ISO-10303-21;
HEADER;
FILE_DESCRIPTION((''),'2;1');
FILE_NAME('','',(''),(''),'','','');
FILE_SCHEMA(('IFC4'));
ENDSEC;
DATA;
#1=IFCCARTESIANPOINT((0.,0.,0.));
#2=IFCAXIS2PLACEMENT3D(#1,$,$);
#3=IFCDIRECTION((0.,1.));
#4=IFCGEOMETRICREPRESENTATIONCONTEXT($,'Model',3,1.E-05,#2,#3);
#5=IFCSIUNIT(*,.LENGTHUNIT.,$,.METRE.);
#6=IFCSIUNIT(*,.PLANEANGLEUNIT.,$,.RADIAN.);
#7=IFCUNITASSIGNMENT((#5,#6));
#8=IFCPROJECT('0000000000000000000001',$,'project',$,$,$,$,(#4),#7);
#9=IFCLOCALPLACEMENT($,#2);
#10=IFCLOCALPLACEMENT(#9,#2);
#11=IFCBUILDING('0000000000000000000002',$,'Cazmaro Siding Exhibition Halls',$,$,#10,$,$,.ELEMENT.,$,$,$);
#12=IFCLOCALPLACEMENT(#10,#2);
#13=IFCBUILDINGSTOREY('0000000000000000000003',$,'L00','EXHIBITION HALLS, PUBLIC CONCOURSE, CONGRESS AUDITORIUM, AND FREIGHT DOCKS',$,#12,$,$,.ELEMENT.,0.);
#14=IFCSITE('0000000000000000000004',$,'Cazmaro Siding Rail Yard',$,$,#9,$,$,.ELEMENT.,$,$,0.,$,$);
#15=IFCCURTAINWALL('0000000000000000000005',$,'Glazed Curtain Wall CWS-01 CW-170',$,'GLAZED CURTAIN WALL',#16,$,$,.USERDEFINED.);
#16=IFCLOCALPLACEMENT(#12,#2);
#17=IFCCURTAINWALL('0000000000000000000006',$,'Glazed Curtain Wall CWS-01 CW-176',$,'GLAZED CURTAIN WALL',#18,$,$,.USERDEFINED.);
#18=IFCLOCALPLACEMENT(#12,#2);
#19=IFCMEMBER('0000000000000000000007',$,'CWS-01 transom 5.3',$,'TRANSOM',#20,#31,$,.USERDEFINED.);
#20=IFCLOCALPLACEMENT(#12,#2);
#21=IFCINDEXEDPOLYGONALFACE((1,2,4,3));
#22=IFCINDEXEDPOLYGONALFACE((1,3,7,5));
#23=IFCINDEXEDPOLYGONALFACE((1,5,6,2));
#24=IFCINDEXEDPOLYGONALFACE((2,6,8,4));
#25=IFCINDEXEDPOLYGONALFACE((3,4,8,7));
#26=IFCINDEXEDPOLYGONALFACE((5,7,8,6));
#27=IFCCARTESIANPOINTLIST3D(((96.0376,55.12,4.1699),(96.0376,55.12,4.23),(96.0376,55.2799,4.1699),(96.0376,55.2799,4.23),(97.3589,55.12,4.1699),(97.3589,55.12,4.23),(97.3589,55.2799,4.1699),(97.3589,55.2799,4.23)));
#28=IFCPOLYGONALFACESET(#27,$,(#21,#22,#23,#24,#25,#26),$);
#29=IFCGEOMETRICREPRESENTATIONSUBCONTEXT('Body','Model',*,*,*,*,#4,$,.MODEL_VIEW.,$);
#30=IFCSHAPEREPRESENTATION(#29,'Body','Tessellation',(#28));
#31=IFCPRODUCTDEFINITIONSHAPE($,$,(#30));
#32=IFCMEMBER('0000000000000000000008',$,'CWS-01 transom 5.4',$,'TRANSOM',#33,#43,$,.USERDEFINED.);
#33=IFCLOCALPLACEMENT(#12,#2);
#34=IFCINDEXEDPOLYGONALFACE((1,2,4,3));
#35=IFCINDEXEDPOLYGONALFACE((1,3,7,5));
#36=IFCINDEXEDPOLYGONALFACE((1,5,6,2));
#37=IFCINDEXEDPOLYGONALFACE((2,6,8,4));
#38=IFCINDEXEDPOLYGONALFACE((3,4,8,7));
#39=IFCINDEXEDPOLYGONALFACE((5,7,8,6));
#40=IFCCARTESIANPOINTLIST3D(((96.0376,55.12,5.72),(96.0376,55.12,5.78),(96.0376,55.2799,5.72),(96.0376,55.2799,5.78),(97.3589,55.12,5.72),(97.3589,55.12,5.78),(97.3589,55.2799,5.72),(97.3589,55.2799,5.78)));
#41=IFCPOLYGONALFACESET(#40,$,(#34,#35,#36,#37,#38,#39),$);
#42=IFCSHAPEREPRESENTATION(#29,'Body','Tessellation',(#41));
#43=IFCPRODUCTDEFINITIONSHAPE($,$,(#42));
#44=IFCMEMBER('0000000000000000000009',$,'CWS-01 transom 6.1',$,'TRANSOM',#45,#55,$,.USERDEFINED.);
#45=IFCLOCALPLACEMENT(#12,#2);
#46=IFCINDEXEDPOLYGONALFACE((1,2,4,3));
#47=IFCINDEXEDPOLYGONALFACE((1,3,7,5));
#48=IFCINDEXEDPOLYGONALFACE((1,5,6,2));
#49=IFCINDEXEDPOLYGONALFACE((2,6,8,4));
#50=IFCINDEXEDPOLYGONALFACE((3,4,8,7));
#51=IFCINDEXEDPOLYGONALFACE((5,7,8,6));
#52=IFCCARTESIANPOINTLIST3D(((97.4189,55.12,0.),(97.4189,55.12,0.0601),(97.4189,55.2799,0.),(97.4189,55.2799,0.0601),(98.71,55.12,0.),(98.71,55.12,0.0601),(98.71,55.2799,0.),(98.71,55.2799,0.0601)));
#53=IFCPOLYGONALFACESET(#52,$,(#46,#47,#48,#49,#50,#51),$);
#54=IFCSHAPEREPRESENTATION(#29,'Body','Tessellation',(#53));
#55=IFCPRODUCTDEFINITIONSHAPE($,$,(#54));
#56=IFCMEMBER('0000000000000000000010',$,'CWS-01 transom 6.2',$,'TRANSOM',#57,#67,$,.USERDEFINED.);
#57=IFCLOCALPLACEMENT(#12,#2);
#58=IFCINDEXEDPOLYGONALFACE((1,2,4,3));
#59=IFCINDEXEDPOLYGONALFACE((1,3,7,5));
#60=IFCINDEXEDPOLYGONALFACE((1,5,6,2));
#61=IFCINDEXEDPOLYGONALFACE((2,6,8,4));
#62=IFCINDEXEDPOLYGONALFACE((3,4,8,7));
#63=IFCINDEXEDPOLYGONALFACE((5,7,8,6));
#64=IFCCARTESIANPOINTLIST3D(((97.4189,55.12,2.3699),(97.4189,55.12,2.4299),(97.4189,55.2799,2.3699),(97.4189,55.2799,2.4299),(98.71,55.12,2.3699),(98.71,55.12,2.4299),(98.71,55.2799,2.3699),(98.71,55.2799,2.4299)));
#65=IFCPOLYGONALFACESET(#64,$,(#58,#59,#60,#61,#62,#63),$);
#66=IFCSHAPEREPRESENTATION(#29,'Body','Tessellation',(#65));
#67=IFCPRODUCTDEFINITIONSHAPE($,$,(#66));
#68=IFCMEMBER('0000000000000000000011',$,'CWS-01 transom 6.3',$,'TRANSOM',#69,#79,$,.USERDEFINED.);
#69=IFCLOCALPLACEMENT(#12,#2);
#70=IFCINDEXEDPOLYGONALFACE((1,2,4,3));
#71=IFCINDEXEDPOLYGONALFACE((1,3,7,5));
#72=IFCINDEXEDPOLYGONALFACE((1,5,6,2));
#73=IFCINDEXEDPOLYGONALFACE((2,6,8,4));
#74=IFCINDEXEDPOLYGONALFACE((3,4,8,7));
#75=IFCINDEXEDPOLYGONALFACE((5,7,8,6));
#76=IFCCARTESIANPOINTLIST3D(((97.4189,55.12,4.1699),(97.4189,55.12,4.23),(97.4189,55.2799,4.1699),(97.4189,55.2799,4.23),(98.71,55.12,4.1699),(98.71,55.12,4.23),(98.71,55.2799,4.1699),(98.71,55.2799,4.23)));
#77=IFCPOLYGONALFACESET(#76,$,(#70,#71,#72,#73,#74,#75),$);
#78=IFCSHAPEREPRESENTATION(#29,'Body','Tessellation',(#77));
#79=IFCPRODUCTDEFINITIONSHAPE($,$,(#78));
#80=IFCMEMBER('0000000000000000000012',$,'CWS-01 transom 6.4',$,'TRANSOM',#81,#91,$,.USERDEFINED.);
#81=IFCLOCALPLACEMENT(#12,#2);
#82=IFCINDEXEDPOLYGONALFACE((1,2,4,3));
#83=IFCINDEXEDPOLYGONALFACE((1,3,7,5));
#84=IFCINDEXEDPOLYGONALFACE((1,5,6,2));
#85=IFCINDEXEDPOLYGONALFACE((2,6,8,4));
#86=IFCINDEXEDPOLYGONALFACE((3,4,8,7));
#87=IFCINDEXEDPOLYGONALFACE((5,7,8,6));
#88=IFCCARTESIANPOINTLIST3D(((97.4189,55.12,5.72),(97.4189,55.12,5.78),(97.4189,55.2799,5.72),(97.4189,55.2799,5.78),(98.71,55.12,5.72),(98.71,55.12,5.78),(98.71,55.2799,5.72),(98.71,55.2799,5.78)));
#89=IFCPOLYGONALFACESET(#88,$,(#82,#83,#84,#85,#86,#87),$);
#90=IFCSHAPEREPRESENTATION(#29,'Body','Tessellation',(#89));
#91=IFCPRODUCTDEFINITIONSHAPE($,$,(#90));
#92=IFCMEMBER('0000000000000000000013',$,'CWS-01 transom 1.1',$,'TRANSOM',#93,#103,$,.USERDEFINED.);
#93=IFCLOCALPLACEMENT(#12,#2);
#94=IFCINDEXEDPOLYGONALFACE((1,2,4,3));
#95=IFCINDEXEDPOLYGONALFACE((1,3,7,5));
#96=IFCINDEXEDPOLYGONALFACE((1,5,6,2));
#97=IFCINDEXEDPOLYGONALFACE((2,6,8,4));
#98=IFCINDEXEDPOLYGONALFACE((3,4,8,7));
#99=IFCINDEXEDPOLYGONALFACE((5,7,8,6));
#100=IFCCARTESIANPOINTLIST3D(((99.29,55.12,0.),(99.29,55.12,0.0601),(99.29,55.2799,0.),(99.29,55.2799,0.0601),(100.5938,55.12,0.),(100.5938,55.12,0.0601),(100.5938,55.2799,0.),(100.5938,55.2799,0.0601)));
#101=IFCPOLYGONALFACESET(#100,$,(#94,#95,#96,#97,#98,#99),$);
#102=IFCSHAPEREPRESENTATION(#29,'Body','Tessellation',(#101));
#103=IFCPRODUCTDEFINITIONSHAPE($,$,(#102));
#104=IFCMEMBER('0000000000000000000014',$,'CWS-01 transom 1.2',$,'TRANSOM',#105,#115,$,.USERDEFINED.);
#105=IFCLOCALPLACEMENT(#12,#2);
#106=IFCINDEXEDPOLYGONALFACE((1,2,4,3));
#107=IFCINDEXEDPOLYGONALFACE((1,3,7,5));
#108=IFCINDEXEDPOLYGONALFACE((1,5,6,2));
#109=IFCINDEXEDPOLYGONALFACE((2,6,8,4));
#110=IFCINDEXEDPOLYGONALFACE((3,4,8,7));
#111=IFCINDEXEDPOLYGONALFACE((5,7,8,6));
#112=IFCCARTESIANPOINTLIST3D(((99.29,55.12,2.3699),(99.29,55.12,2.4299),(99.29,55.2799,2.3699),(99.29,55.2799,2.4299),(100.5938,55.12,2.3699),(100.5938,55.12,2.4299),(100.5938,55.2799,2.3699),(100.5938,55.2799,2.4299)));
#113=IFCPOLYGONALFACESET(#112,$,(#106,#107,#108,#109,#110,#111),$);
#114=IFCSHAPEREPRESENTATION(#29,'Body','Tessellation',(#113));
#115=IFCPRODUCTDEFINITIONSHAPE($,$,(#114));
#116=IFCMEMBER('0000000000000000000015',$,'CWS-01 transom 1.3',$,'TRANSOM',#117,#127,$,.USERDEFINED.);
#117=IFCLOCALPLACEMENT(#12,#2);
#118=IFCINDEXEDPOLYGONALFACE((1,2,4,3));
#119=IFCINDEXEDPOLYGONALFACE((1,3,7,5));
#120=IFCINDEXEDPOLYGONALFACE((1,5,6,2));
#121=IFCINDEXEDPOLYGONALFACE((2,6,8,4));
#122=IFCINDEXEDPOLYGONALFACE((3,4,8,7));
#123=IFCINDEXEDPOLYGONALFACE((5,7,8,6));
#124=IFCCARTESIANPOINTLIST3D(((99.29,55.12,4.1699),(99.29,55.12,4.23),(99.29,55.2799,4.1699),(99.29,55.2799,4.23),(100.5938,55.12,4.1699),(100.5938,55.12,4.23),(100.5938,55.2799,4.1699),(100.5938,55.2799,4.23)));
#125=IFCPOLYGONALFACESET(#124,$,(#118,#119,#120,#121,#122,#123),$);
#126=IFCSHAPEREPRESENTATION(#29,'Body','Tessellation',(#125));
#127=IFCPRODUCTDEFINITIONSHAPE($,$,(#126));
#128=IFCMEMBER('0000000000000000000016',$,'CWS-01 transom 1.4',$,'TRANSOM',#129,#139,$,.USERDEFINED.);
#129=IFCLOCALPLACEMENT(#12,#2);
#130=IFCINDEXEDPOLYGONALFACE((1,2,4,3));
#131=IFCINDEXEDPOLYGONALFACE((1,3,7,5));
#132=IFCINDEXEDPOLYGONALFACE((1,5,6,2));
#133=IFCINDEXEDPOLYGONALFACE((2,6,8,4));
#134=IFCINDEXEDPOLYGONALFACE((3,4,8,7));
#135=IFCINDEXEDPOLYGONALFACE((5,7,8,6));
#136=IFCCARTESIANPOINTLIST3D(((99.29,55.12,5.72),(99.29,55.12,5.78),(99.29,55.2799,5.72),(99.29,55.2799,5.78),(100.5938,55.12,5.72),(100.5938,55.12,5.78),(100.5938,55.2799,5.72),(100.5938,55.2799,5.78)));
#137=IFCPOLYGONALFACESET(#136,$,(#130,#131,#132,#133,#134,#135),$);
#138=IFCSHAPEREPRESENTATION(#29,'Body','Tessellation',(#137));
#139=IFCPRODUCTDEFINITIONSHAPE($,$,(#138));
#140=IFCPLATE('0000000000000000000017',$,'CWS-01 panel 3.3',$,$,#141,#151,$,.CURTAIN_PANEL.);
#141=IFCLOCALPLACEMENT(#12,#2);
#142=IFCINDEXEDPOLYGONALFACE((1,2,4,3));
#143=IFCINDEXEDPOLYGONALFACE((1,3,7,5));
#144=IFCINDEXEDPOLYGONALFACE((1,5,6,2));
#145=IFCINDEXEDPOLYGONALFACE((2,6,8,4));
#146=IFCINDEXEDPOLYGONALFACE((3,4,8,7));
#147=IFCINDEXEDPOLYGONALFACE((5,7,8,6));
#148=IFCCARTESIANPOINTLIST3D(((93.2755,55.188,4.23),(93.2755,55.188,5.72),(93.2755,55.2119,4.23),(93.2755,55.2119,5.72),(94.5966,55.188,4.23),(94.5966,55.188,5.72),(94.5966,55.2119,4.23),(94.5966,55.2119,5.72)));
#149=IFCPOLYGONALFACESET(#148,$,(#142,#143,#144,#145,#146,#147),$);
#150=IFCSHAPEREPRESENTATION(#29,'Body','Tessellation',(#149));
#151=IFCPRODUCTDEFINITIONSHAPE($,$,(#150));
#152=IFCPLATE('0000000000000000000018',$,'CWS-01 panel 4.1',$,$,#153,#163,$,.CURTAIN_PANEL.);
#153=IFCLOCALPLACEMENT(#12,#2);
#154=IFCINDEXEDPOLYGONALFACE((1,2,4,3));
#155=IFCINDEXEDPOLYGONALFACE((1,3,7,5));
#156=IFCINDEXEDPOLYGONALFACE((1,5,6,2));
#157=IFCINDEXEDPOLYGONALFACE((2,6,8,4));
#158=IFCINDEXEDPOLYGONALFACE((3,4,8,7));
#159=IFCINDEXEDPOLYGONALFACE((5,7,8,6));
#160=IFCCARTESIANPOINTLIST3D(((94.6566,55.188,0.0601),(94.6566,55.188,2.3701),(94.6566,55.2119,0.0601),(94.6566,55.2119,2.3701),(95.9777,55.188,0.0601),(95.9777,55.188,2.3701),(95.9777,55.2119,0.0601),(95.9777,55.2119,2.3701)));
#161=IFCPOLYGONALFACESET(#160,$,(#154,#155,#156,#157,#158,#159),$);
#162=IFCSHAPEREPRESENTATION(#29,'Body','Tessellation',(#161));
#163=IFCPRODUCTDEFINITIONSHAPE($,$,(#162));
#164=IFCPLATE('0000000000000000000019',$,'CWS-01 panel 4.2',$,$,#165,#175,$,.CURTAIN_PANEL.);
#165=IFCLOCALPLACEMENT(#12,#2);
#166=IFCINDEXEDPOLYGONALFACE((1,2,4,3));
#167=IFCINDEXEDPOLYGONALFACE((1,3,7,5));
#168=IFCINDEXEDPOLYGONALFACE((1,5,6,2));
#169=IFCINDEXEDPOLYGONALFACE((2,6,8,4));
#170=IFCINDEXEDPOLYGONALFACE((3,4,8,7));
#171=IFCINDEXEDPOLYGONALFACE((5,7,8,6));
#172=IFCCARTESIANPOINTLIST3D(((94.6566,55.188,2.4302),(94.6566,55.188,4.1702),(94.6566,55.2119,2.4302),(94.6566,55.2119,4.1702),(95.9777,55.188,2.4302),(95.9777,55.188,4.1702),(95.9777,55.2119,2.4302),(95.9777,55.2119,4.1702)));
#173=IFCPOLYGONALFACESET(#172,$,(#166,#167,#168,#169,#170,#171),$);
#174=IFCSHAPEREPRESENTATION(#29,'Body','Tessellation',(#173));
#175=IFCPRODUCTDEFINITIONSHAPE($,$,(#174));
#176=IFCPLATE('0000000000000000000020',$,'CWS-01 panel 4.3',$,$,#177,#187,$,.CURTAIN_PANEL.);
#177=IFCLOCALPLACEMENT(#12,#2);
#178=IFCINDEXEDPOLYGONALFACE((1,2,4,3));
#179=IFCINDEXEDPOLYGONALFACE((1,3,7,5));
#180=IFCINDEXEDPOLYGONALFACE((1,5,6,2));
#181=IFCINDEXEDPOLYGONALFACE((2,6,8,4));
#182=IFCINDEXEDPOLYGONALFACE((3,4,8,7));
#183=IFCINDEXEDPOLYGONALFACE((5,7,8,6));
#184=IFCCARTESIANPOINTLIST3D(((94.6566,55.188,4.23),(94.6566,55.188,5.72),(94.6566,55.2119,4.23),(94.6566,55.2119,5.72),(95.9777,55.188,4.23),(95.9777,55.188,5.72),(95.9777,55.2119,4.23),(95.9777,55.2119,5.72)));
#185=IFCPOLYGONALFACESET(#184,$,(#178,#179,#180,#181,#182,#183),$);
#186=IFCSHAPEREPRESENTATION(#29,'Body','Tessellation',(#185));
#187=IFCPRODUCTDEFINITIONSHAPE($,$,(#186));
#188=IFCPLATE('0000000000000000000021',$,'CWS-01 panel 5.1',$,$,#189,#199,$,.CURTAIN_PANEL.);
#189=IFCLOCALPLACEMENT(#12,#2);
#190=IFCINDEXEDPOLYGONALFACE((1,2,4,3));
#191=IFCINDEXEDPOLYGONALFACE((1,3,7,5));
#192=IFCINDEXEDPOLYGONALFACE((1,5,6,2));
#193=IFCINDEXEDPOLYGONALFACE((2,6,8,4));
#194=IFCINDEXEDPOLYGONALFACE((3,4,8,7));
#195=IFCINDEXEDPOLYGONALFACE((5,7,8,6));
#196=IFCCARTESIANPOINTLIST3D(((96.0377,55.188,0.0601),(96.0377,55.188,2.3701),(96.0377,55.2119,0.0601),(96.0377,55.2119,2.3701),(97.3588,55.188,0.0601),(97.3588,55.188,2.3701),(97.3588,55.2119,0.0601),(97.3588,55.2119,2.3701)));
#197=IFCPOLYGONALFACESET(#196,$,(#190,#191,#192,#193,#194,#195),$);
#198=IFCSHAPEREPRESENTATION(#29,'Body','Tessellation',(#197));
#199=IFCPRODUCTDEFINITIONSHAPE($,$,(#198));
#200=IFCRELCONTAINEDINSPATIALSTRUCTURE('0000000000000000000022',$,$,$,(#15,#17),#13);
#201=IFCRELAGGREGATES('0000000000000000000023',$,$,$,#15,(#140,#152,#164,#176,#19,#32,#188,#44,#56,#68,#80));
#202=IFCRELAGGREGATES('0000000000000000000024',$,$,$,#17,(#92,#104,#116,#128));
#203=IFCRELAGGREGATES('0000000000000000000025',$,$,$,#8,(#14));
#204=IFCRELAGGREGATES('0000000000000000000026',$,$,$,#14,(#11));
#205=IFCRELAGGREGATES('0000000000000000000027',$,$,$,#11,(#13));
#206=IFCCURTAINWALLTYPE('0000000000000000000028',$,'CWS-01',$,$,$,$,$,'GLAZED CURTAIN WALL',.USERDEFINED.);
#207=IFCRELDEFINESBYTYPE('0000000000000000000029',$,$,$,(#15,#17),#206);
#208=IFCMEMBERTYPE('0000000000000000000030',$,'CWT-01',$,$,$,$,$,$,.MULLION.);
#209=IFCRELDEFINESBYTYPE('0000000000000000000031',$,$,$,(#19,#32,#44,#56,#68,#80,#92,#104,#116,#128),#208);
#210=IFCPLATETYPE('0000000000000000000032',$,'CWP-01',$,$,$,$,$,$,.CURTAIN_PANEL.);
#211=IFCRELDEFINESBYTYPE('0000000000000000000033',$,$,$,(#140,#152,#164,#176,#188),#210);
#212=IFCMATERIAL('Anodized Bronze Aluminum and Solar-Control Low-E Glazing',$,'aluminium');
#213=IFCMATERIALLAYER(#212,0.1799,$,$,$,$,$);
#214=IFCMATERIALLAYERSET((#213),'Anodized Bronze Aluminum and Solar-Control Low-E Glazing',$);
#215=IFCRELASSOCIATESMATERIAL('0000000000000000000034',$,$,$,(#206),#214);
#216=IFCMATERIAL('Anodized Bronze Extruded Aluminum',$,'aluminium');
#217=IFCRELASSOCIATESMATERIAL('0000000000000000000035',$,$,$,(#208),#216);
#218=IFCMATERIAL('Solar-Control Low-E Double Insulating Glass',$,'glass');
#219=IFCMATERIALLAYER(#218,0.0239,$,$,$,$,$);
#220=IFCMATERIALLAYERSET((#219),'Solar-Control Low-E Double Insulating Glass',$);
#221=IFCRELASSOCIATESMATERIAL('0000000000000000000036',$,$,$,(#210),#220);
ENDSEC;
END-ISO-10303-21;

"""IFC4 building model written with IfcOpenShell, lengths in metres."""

from ifc_helpers import new_model, si_unit, direction, frame, origin, origin_2d, place, context, subcontext, project, spatial, rectangle, extrude, material, layer, layer_set, material_profile, profile_set, type_object, element, aggregate, save


model = new_model("IFC4")

# Units and contexts
model_context = context("Model", 3, precision=1e-05, world=origin(), true_north=direction((0.0, 1.0)))
body_context = subcontext(model_context, "Body", "Model", "MODEL_VIEW")
ifc_project = project(units=[si_unit("LENGTHUNIT", "METRE"), si_unit("PLANEANGLEUNIT", "RADIAN")], contexts=[model_context])

# Site, building, storey
site_placement = place(None, origin())
site = spatial("IfcSite", under=ifc_project, at=site_placement, Name="Cazmaro Siding Rail Yard", CompositionType="ELEMENT", RefElevation=0.0)
building_placement = place(site_placement, origin())
building = spatial("IfcBuilding", under=site, at=building_placement, Name="Cazmaro Siding Exhibition Halls", CompositionType="ELEMENT")
storey_placement = place(building_placement, origin())
storey = spatial("IfcBuildingStorey", under=building, at=storey_placement, Name="L00", Description="EXHIBITION HALLS, PUBLIC CONCOURSE, CONGRESS AUDITORIUM, AND FREIGHT DOCKS", CompositionType="ELEMENT", Elevation=0.0)

# Curtain walls
ifc_material_1 = material(Name="Anodized Bronze Aluminum and Solar-Control Low-E Glazing", Category="aluminium")
ifc_layer_1 = layer(ifc_material_1, 0.1799)
ifc_layer_set_1 = layer_set([ifc_layer_1], Name="Anodized Bronze Aluminum and Solar-Control Low-E Glazing")
curtain_wall_type = type_object("IfcCurtainWallType", Name="CWS-01", ElementType="GLAZED CURTAIN WALL", PredefinedType="USERDEFINED", material=ifc_layer_set_1)
curtain_wall_1_placement = place(storey_placement, origin())
curtain_wall_1 = element("IfcCurtainWall", 1, at=curtain_wall_1_placement, inside=storey, type_object=curtain_wall_type, Name="Glazed Curtain Wall CWS-01 CW-170", ObjectType="GLAZED CURTAIN WALL", PredefinedType="USERDEFINED")
curtain_wall_2_placement = place(storey_placement, origin())
curtain_wall_2 = element("IfcCurtainWall", 2, at=curtain_wall_2_placement, inside=storey, type_object=curtain_wall_type, Name="Glazed Curtain Wall CWS-01 CW-176", ObjectType="GLAZED CURTAIN WALL", PredefinedType="USERDEFINED")

# Members
ifc_material_2 = material(Name="Anodized Bronze Extruded Aluminum", Category="aluminium")
ifc_material_profile_1 = material_profile(ifc_material_2, rectangle(XDim=0.1599, YDim=0.0601, at=origin_2d()), Name="CWT-01")
ifc_profile_set_1 = profile_set([ifc_material_profile_1], Name="Anodized Bronze Extruded Aluminum")
member_type_1 = type_object("IfcMemberType", Name="CWT-01", PredefinedType="MULLION", material=ifc_profile_set_1)
member_1_placement = place(storey_placement, frame((96.0376, 55.2, 4.2), z_axis=(1.0, 0.0, 0.0), x_axis=(0.0, 1.0, 0.0)))
member_1 = element("IfcMember", 3, at=member_1_placement, type_object=member_type_1, Name="CWS-01 transom 5.3", ObjectType="TRANSOM", PredefinedType="USERDEFINED", context=body_context, shape_type="SweptSolid", body=[
    extrude(rectangle(XDim=0.1599, YDim=0.0601, at=origin_2d()), origin(), (0.0, 0.0, 1.0), 1.3213),
])
member_2_placement = place(storey_placement, frame((96.0376, 55.2, 5.75), z_axis=(1.0, 0.0, 0.0), x_axis=(0.0, 1.0, 0.0)))
member_2 = element("IfcMember", 4, at=member_2_placement, type_object=member_type_1, Name="CWS-01 transom 5.4", ObjectType="TRANSOM", PredefinedType="USERDEFINED", context=body_context, shape_type="SweptSolid", body=[
    extrude(rectangle(XDim=0.1599, YDim=0.0601, at=origin_2d()), origin(), (0.0, 0.0, 1.0), 1.3213),
])
member_3_placement = place(storey_placement, frame((97.4189, 55.2, 0.03), z_axis=(1.0, 0.0, 0.0), x_axis=(0.0, 1.0, 0.0)))
member_3 = element("IfcMember", 5, at=member_3_placement, type_object=member_type_1, Name="CWS-01 transom 6.1", ObjectType="TRANSOM", PredefinedType="USERDEFINED", context=body_context, shape_type="SweptSolid", body=[
    extrude(rectangle(XDim=0.1599, YDim=0.0601, at=origin_2d()), origin(), (0.0, 0.0, 1.0), 1.291),
])
member_4_placement = place(storey_placement, frame((97.4189, 55.2, 2.3999), z_axis=(1.0, 0.0, 0.0), x_axis=(0.0, 1.0, 0.0)))
member_4 = element("IfcMember", 6, at=member_4_placement, type_object=member_type_1, Name="CWS-01 transom 6.2", ObjectType="TRANSOM", PredefinedType="USERDEFINED", context=body_context, shape_type="SweptSolid", body=[
    extrude(rectangle(XDim=0.1599, YDim=0.0601, at=origin_2d()), origin(), (0.0, 0.0, 1.0), 1.291),
])
member_5_placement = place(storey_placement, frame((97.4189, 55.2, 4.2), z_axis=(1.0, 0.0, 0.0), x_axis=(0.0, 1.0, 0.0)))
member_5 = element("IfcMember", 7, at=member_5_placement, type_object=member_type_1, Name="CWS-01 transom 6.3", ObjectType="TRANSOM", PredefinedType="USERDEFINED", context=body_context, shape_type="SweptSolid", body=[
    extrude(rectangle(XDim=0.1599, YDim=0.0601, at=origin_2d()), origin(), (0.0, 0.0, 1.0), 1.291),
])
member_6_placement = place(storey_placement, frame((97.4189, 55.2, 5.75), z_axis=(1.0, 0.0, 0.0), x_axis=(0.0, 1.0, 0.0)))
member_6 = element("IfcMember", 8, at=member_6_placement, type_object=member_type_1, Name="CWS-01 transom 6.4", ObjectType="TRANSOM", PredefinedType="USERDEFINED", context=body_context, shape_type="SweptSolid", body=[
    extrude(rectangle(XDim=0.1599, YDim=0.0601, at=origin_2d()), origin(), (0.0, 0.0, 1.0), 1.291),
])
member_7_placement = place(storey_placement, frame((99.29, 55.2, 0.03), z_axis=(1.0, 0.0, 0.0), x_axis=(0.0, 1.0, 0.0)))
member_7 = element("IfcMember", 9, at=member_7_placement, type_object=member_type_1, Name="CWS-01 transom 1.1", ObjectType="TRANSOM", PredefinedType="USERDEFINED", context=body_context, shape_type="SweptSolid", body=[
    extrude(rectangle(XDim=0.1599, YDim=0.0601, at=origin_2d()), origin(), (0.0, 0.0, 1.0), 1.3037),
])
member_8_placement = place(storey_placement, frame((99.29, 55.2, 2.3999), z_axis=(1.0, 0.0, 0.0), x_axis=(0.0, 1.0, 0.0)))
member_8 = element("IfcMember", 10, at=member_8_placement, type_object=member_type_1, Name="CWS-01 transom 1.2", ObjectType="TRANSOM", PredefinedType="USERDEFINED", context=body_context, shape_type="SweptSolid", body=[
    extrude(rectangle(XDim=0.1599, YDim=0.0601, at=origin_2d()), origin(), (0.0, 0.0, 1.0), 1.3037),
])
member_9_placement = place(storey_placement, frame((99.29, 55.2, 4.2), z_axis=(1.0, 0.0, 0.0), x_axis=(0.0, 1.0, 0.0)))
member_9 = element("IfcMember", 11, at=member_9_placement, type_object=member_type_1, Name="CWS-01 transom 1.3", ObjectType="TRANSOM", PredefinedType="USERDEFINED", context=body_context, shape_type="SweptSolid", body=[
    extrude(rectangle(XDim=0.1599, YDim=0.0601, at=origin_2d()), origin(), (0.0, 0.0, 1.0), 1.3037),
])
member_10_placement = place(storey_placement, frame((99.29, 55.2, 5.75), z_axis=(1.0, 0.0, 0.0), x_axis=(0.0, 1.0, 0.0)))
member_10 = element("IfcMember", 12, at=member_10_placement, type_object=member_type_1, Name="CWS-01 transom 1.4", ObjectType="TRANSOM", PredefinedType="USERDEFINED", context=body_context, shape_type="SweptSolid", body=[
    extrude(rectangle(XDim=0.1599, YDim=0.0601, at=origin_2d()), origin(), (0.0, 0.0, 1.0), 1.3037),
])

# Plates
ifc_material_3 = material(Name="Solar-Control Low-E Double Insulating Glass", Category="glass")
ifc_layer_2 = layer(ifc_material_3, 0.0239)
ifc_layer_set_2 = layer_set([ifc_layer_2], Name="Solar-Control Low-E Double Insulating Glass")
plate_type = type_object("IfcPlateType", Name="CWP-01", PredefinedType="CURTAIN_PANEL", material=ifc_layer_set_2)
plate_1_placement = place(storey_placement, frame((93.936, 55.2, 4.23), z_axis=(0.0, 0.0, 1.0), x_axis=(1.0, 0.0, 0.0)))
plate_1 = element("IfcPlate", 13, at=plate_1_placement, type_object=plate_type, Name="CWS-01 panel 3.3", PredefinedType="CURTAIN_PANEL", context=body_context, shape_type="SweptSolid", body=[
    extrude(rectangle(XDim=1.321, YDim=0.0239, at=origin_2d()), origin(), (0.0, 0.0, 1.0), 1.49),
])
plate_2_placement = place(storey_placement, frame((95.3171, 55.2, 0.0601), z_axis=(0.0, 0.0, 1.0), x_axis=(1.0, 0.0, 0.0)))
plate_2 = element("IfcPlate", 14, at=plate_2_placement, type_object=plate_type, Name="CWS-01 panel 4.1", PredefinedType="CURTAIN_PANEL", context=body_context, shape_type="SweptSolid", body=[
    extrude(rectangle(XDim=1.321, YDim=0.0239, at=origin_2d()), origin(), (0.0, 0.0, 1.0), 2.3101),
])
plate_3_placement = place(storey_placement, frame((95.3171, 55.2, 2.4302), z_axis=(0.0, 0.0, 1.0), x_axis=(1.0, 0.0, 0.0)))
plate_3 = element("IfcPlate", 15, at=plate_3_placement, type_object=plate_type, Name="CWS-01 panel 4.2", PredefinedType="CURTAIN_PANEL", context=body_context, shape_type="SweptSolid", body=[
    extrude(rectangle(XDim=1.321, YDim=0.0239, at=origin_2d()), origin(), (0.0, 0.0, 1.0), 1.74),
])
plate_4_placement = place(storey_placement, frame((95.3171, 55.2, 4.23), z_axis=(0.0, 0.0, 1.0), x_axis=(1.0, 0.0, 0.0)))
plate_4 = element("IfcPlate", 16, at=plate_4_placement, type_object=plate_type, Name="CWS-01 panel 4.3", PredefinedType="CURTAIN_PANEL", context=body_context, shape_type="SweptSolid", body=[
    extrude(rectangle(XDim=1.321, YDim=0.0239, at=origin_2d()), origin(), (0.0, 0.0, 1.0), 1.49),
])
plate_5_placement = place(storey_placement, frame((96.6982, 55.2, 0.0601), z_axis=(0.0, 0.0, 1.0), x_axis=(1.0, 0.0, 0.0)))
plate_5 = element("IfcPlate", 17, at=plate_5_placement, type_object=plate_type, Name="CWS-01 panel 5.1", PredefinedType="CURTAIN_PANEL", context=body_context, shape_type="SweptSolid", body=[
    extrude(rectangle(XDim=1.321, YDim=0.0239, at=origin_2d()), origin(), (0.0, 0.0, 1.0), 2.3101),
])
aggregate(curtain_wall_1, [plate_1, plate_2, plate_3, plate_4, member_1, member_2, plate_5, member_3, member_4, member_5, member_6])
aggregate(curtain_wall_2, [member_7, member_8, member_9, member_10])

save(model, "model.ifc")
